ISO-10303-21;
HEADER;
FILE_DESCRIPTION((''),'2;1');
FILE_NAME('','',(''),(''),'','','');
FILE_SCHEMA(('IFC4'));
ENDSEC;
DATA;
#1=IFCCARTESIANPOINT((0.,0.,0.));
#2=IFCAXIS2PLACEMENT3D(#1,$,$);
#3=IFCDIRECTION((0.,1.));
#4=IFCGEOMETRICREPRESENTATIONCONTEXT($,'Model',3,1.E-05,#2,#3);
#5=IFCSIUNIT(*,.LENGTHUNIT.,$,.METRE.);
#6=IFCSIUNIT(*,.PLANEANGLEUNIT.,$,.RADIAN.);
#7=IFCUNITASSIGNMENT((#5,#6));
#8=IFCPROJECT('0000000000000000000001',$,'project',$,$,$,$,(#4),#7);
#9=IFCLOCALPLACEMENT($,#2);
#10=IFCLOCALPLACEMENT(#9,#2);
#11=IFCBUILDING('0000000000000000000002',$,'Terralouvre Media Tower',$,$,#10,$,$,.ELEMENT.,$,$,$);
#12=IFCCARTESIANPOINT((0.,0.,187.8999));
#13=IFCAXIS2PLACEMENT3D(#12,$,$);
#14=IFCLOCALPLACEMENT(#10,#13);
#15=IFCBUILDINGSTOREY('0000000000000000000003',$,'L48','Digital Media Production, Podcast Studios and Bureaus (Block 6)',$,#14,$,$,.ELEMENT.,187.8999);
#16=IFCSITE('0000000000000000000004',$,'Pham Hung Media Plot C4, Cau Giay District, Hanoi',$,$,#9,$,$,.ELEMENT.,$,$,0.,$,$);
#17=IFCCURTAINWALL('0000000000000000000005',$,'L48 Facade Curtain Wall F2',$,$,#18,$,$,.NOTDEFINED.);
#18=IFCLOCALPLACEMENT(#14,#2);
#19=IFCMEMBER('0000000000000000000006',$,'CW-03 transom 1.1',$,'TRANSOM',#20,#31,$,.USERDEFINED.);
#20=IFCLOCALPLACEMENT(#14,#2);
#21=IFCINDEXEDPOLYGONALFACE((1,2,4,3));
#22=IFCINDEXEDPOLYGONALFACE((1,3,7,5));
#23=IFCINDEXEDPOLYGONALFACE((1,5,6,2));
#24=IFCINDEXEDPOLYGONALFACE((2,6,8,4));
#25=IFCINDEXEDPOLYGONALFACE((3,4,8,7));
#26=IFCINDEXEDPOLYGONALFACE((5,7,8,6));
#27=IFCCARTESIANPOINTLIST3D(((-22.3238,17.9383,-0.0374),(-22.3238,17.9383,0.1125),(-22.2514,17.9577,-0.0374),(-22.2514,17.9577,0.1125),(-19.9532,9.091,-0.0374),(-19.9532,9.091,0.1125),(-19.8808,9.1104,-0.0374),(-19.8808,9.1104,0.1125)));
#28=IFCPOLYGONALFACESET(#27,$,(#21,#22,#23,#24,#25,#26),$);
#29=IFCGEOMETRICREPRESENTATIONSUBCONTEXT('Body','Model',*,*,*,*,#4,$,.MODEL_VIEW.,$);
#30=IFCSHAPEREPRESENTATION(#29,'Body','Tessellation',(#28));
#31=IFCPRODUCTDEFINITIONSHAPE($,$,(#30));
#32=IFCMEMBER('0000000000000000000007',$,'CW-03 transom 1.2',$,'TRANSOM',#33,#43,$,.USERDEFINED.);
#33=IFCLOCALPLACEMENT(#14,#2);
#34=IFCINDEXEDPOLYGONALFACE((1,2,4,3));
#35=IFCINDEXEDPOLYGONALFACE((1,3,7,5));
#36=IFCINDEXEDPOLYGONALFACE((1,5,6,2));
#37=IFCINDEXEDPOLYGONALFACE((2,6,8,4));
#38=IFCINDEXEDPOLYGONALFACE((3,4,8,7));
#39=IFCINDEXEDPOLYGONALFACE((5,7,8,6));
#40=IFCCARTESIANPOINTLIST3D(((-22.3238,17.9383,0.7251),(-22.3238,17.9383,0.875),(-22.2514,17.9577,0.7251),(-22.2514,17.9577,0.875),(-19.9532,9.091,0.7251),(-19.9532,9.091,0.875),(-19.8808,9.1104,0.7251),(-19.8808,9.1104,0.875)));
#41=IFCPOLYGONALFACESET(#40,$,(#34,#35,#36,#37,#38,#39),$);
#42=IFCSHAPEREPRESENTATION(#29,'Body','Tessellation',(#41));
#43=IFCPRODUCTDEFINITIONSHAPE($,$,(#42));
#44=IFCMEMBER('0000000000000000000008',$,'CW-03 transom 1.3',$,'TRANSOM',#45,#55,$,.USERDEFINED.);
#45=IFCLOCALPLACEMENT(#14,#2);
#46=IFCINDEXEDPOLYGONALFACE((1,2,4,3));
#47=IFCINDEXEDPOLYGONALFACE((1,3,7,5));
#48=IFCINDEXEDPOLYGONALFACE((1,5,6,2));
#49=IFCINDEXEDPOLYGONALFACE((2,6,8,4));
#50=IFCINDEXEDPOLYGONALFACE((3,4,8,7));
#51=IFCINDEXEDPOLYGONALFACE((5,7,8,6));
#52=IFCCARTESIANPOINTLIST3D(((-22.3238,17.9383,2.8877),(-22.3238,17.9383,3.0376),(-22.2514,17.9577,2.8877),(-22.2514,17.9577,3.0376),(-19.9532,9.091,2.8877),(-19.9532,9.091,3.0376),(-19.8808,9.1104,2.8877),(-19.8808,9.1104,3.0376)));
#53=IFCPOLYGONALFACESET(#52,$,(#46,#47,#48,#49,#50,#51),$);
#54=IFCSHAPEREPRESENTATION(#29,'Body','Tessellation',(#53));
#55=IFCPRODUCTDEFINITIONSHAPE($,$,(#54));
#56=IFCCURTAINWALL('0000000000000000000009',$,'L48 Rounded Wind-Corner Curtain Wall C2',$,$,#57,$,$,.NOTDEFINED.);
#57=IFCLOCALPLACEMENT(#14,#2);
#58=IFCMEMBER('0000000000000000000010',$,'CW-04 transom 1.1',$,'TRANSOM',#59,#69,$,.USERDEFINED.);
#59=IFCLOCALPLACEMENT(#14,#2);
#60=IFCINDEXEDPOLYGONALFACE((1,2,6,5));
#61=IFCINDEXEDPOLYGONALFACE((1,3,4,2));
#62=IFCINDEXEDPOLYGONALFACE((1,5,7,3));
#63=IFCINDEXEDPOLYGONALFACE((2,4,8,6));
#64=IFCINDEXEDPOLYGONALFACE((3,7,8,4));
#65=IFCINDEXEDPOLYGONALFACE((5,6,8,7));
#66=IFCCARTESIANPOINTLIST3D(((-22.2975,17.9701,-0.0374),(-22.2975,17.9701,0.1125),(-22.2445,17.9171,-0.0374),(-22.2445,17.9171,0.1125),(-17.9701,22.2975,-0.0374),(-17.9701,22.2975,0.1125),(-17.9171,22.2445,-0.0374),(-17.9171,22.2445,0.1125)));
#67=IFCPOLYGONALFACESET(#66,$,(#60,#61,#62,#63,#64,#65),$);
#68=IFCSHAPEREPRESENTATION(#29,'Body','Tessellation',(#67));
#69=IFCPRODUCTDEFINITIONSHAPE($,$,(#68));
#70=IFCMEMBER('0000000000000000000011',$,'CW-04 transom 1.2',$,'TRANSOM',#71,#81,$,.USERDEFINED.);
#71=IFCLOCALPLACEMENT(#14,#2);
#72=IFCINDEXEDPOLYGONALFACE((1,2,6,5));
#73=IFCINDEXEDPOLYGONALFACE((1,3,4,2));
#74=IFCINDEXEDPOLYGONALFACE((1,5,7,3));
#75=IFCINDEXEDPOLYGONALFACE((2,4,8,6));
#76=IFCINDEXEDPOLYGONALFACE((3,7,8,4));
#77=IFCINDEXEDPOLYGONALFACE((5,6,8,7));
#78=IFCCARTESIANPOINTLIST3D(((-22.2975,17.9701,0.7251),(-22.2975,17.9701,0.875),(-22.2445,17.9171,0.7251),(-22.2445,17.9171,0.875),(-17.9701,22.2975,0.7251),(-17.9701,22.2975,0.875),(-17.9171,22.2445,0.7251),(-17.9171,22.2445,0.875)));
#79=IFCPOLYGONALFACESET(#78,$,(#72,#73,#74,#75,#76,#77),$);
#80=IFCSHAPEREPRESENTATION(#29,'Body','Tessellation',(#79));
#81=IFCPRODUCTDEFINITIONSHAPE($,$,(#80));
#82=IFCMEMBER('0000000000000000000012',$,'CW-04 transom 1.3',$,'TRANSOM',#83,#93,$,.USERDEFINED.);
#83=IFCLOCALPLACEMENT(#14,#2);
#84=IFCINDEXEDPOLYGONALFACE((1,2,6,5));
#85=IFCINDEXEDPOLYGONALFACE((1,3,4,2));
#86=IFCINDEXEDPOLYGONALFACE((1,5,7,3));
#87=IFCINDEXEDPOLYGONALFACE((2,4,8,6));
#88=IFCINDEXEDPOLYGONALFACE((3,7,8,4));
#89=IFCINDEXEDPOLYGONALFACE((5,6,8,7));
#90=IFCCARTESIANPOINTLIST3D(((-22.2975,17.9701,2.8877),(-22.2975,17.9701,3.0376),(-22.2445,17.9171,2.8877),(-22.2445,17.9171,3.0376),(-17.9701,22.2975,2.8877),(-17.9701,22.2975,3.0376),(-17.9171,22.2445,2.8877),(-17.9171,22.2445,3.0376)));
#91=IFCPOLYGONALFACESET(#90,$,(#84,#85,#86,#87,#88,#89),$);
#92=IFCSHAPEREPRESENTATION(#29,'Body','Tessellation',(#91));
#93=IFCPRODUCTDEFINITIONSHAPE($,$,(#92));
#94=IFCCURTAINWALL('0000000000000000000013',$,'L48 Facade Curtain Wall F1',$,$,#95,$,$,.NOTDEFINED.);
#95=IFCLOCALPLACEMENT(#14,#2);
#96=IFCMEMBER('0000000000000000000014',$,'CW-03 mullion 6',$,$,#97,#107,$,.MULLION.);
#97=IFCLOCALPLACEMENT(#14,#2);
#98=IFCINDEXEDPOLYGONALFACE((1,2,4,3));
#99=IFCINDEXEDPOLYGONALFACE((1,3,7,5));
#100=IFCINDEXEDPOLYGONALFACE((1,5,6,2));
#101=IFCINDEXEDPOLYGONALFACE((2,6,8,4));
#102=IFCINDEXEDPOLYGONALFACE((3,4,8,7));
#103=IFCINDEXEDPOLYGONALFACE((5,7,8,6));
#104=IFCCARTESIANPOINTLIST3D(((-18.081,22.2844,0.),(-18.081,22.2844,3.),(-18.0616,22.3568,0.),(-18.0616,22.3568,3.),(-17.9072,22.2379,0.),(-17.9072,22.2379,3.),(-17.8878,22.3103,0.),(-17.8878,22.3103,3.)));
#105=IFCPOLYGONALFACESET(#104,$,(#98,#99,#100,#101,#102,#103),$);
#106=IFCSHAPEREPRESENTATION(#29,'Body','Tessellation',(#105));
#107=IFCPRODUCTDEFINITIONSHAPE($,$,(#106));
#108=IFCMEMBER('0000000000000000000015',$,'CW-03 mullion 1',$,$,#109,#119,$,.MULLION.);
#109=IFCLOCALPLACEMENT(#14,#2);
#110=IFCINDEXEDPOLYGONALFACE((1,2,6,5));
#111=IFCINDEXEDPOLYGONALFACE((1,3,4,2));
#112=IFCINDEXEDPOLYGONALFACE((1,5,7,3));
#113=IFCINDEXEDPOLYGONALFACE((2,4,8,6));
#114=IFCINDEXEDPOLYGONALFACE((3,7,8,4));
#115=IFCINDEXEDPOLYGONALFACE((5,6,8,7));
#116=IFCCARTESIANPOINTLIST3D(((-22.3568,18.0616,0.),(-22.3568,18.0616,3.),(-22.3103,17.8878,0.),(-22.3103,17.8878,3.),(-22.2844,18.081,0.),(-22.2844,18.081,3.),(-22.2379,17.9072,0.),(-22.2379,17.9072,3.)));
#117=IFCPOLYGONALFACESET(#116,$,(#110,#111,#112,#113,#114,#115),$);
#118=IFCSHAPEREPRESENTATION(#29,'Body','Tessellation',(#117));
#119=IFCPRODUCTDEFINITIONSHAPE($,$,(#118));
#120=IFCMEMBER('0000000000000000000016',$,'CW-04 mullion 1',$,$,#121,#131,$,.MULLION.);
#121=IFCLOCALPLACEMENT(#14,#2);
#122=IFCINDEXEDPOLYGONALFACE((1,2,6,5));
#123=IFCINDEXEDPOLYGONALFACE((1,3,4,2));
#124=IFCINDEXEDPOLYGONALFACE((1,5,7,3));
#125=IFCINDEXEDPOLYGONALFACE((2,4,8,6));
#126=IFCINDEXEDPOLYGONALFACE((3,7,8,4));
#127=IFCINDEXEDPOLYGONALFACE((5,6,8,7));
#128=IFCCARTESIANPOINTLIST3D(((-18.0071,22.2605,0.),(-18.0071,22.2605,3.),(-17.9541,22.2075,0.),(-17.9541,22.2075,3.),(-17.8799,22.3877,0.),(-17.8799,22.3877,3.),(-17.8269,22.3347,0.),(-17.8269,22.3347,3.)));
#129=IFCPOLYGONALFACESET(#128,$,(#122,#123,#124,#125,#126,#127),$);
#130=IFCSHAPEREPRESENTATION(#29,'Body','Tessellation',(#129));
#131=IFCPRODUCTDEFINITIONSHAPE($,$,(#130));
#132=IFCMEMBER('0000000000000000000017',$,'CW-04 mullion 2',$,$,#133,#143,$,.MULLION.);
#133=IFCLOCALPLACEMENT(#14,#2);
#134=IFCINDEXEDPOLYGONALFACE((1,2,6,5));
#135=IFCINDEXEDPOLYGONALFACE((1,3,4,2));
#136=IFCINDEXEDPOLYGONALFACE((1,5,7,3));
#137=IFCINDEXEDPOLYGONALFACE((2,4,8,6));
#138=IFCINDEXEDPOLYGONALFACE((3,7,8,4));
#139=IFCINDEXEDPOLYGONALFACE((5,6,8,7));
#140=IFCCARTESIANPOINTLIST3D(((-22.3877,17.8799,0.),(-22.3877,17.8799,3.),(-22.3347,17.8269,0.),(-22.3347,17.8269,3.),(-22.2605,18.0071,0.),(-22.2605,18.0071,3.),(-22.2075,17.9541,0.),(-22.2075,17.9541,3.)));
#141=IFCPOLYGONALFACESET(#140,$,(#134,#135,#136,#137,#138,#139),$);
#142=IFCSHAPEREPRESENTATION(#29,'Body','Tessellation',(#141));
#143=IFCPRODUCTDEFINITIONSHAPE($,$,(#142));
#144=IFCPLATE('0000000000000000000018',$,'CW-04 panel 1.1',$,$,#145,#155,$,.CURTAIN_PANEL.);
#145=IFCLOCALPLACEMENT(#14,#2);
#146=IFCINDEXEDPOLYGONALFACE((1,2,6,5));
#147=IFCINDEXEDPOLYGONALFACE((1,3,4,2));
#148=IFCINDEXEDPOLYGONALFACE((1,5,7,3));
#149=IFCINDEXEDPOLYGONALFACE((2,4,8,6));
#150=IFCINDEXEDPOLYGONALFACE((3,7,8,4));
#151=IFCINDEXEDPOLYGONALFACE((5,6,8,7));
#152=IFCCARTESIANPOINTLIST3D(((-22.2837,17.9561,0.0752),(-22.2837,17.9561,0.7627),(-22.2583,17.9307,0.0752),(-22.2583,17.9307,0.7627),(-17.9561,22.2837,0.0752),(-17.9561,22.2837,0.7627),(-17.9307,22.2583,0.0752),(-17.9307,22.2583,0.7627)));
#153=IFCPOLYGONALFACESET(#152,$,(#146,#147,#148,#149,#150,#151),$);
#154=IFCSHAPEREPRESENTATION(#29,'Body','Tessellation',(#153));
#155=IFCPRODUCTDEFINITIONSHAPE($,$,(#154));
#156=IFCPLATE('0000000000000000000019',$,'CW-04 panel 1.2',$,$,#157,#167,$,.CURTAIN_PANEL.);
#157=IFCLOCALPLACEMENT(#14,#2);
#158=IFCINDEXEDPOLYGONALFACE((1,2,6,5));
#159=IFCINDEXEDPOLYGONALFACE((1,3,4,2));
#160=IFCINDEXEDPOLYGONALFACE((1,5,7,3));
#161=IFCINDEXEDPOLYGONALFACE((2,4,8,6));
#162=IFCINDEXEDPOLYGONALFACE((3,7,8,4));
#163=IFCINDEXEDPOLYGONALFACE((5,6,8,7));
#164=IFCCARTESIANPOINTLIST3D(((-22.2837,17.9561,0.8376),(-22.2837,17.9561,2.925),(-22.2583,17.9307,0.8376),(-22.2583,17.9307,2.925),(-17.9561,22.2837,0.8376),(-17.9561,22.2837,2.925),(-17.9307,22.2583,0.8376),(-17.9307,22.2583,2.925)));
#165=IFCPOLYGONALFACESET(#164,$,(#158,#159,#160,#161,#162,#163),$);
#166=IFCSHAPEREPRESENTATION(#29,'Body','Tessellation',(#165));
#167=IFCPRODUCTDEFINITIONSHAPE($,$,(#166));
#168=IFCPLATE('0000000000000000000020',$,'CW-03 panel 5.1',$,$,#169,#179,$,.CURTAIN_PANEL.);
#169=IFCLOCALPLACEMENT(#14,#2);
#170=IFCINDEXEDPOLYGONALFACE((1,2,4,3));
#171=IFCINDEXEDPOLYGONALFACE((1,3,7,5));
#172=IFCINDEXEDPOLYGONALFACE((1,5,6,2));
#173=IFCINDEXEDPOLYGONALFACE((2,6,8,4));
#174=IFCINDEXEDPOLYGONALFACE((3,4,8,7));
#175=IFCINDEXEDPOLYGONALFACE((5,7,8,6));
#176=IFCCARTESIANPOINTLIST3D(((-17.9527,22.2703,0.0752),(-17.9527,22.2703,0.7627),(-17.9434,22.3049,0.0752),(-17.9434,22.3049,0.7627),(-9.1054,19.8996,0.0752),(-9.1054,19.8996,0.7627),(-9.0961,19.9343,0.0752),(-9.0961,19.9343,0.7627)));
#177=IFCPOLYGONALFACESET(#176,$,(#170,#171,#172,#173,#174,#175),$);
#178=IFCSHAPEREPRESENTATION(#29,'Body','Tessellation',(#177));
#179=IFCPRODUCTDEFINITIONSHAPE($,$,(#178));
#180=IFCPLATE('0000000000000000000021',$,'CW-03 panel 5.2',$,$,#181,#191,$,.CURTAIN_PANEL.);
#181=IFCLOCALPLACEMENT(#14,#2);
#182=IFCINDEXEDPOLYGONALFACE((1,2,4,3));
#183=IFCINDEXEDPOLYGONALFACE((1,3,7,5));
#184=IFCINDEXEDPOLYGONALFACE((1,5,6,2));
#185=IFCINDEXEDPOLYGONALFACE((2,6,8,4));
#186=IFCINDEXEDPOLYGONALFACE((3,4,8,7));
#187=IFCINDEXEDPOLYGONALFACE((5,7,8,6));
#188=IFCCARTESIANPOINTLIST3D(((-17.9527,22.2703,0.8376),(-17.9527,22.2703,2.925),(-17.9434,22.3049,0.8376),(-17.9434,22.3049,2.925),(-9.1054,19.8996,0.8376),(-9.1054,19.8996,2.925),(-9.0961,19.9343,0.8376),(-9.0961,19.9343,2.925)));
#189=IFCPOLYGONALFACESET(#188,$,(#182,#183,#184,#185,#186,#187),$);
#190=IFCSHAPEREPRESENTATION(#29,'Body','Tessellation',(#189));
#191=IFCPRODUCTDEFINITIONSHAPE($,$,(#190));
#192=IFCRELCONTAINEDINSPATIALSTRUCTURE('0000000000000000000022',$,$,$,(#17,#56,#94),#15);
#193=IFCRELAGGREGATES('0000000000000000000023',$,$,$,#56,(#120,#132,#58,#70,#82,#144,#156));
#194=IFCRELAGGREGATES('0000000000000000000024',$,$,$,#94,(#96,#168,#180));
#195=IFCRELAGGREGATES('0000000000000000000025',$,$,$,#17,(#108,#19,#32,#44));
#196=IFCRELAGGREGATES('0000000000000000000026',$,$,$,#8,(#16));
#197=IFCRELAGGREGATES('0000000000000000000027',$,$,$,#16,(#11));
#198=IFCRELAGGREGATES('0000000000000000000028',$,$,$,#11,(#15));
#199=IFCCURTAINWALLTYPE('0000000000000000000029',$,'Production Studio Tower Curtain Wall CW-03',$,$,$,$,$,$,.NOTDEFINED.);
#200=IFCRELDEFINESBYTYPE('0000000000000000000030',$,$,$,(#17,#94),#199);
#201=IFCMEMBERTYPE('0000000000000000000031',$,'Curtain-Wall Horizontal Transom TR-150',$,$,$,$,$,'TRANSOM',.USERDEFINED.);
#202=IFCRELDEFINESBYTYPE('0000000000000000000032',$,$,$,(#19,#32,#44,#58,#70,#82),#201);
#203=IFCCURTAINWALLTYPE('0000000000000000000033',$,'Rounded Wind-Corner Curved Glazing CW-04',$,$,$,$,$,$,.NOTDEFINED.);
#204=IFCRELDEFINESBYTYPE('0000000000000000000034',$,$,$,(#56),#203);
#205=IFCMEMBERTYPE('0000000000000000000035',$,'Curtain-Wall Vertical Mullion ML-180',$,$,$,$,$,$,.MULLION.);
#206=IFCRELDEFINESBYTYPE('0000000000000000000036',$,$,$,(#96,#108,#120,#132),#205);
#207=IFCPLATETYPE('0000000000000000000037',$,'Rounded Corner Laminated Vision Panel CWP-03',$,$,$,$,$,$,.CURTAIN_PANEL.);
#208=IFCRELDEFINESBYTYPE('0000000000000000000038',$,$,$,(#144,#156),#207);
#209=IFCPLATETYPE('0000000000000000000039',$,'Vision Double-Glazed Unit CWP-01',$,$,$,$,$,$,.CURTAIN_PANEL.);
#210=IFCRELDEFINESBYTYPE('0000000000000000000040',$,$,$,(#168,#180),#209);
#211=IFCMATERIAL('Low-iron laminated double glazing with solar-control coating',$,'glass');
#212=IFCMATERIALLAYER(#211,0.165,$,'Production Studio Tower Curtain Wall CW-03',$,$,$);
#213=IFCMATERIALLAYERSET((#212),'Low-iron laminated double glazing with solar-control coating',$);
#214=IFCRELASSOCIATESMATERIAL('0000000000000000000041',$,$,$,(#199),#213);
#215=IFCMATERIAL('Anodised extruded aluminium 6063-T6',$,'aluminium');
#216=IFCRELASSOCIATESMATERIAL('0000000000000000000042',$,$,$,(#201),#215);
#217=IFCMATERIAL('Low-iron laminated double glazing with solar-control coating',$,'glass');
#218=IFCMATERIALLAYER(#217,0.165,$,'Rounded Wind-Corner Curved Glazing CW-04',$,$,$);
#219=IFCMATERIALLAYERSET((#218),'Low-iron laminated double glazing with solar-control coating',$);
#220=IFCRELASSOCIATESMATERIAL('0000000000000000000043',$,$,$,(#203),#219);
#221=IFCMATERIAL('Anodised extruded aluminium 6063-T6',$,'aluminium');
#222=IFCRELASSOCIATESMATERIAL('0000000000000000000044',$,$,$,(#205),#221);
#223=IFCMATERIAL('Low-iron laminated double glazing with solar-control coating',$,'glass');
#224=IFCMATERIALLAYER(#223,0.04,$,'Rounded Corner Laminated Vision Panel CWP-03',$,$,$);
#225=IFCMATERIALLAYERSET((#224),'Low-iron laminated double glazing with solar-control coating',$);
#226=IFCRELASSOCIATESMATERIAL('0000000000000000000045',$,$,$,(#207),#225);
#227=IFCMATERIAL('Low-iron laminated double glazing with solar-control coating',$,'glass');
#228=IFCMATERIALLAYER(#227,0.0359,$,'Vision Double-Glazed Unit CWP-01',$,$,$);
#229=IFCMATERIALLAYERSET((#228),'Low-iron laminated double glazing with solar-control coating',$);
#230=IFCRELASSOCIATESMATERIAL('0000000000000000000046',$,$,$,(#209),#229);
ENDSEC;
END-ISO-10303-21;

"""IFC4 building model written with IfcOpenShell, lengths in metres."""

from ifc_helpers import new_model, si_unit, direction, frame, origin, origin_2d, place, context, subcontext, project, spatial, rectangle, extrude, material, layer, layer_set, material_profile, profile_set, type_object, element, aggregate, save


model = new_model("IFC4")

# Units and contexts
model_context = context("Model", 3, precision=1e-05, world=origin(), true_north=direction((0.0, 1.0)))
body_context = subcontext(model_context, "Body", "Model", "MODEL_VIEW")
ifc_project = project(units=[si_unit("LENGTHUNIT", "METRE"), si_unit("PLANEANGLEUNIT", "RADIAN")], contexts=[model_context])

# Site, building, storey
site_placement = place(None, origin())
site = spatial("IfcSite", under=ifc_project, at=site_placement, Name="Pham Hung Media Plot C4, Cau Giay District, Hanoi", CompositionType="ELEMENT", RefElevation=0.0)
building_placement = place(site_placement, origin())
building = spatial("IfcBuilding", under=site, at=building_placement, Name="Terralouvre Media Tower", CompositionType="ELEMENT")
storey_placement = place(building_placement, frame((0.0, 0.0, 187.8999)))
storey = spatial("IfcBuildingStorey", under=building, at=storey_placement, Name="L48", Description="Digital Media Production, Podcast Studios and Bureaus (Block 6)", CompositionType="ELEMENT", Elevation=187.8999)

# Curtain walls, members
ifc_material_1 = material(Name="Low-iron laminated double glazing with solar-control coating", Category="glass")
ifc_layer_1 = layer(ifc_material_1, 0.165, Name="Production Studio Tower Curtain Wall CW-03")
ifc_layer_set_1 = layer_set([ifc_layer_1], Name="Low-iron laminated double glazing with solar-control coating")
curtain_wall_type_1 = type_object("IfcCurtainWallType", Name="Production Studio Tower Curtain Wall CW-03", PredefinedType="NOTDEFINED", material=ifc_layer_set_1)
curtain_wall_1_placement = place(storey_placement, origin())
curtain_wall_1 = element("IfcCurtainWall", 1, at=curtain_wall_1_placement, inside=storey, type_object=curtain_wall_type_1, Name="L48 Facade Curtain Wall F2", PredefinedType="NOTDEFINED")
ifc_material_2 = material(Name="Anodised extruded aluminium 6063-T6", Category="aluminium")
ifc_material_profile_1 = material_profile(ifc_material_2, rectangle(XDim=0.075, YDim=0.1499, at=origin_2d()), Name="ALU 75x150")
ifc_profile_set_1 = profile_set([ifc_material_profile_1], Name="Anodised extruded aluminium 6063-T6")
member_type_1 = type_object("IfcMemberType", Name="Curtain-Wall Horizontal Transom TR-150", ElementType="TRANSOM", PredefinedType="USERDEFINED", material=ifc_profile_set_1)
member_1_placement = place(storey_placement, frame((-22.2876, 17.948, 0.0376), z_axis=(0.258814, -0.965927, 0.0), x_axis=(0.965927, 0.258814, 0.0)))
member_1 = element("IfcMember", 2, at=member_1_placement, type_object=member_type_1, Name="CW-03 transom 1.1", ObjectType="TRANSOM", PredefinedType="USERDEFINED", context=body_context, shape_type="SweptSolid", body=[
    extrude(rectangle(XDim=0.075, YDim=0.1499, at=origin_2d()), origin(), (0.0, 0.0, 1.0), 9.1594),
])
member_2_placement = place(storey_placement, frame((-22.2876, 17.948, 0.8), z_axis=(0.258814, -0.965927, 0.0), x_axis=(0.965927, 0.258814, 0.0)))
member_2 = element("IfcMember", 3, at=member_2_placement, type_object=member_type_1, Name="CW-03 transom 1.2", ObjectType="TRANSOM", PredefinedType="USERDEFINED", context=body_context, shape_type="SweptSolid", body=[
    extrude(rectangle(XDim=0.075, YDim=0.1499, at=origin_2d()), origin(), (0.0, 0.0, 1.0), 9.1594),
])
member_3_placement = place(storey_placement, frame((-22.2876, 17.948, 2.9626), z_axis=(0.258814, -0.965927, 0.0), x_axis=(0.965927, 0.258814, 0.0)))
member_3 = element("IfcMember", 4, at=member_3_placement, type_object=member_type_1, Name="CW-03 transom 1.3", ObjectType="TRANSOM", PredefinedType="USERDEFINED", context=body_context, shape_type="SweptSolid", body=[
    extrude(rectangle(XDim=0.075, YDim=0.1499, at=origin_2d()), origin(), (0.0, 0.0, 1.0), 9.1594),
])
ifc_material_3 = material(Name="Low-iron laminated double glazing with solar-control coating", Category="glass")
ifc_layer_2 = layer(ifc_material_3, 0.165, Name="Rounded Wind-Corner Curved Glazing CW-04")
ifc_layer_set_2 = layer_set([ifc_layer_2], Name="Low-iron laminated double glazing with solar-control coating")
curtain_wall_type_2 = type_object("IfcCurtainWallType", Name="Rounded Wind-Corner Curved Glazing CW-04", PredefinedType="NOTDEFINED", material=ifc_layer_set_2)
curtain_wall_2_placement = place(storey_placement, origin())
curtain_wall_2 = element("IfcCurtainWall", 5, at=curtain_wall_2_placement, inside=storey, type_object=curtain_wall_type_2, Name="L48 Rounded Wind-Corner Curtain Wall C2", PredefinedType="NOTDEFINED")
member_4_placement = place(storey_placement, frame((-17.9436, 22.271, 0.0376), z_axis=(-0.707107, -0.707107, 0.0), x_axis=(0.707107, -0.707107, 0.0)))
member_4 = element("IfcMember", 6, at=member_4_placement, type_object=member_type_1, Name="CW-04 transom 1.1", ObjectType="TRANSOM", PredefinedType="USERDEFINED", context=body_context, shape_type="SweptSolid", body=[
    extrude(rectangle(XDim=0.075, YDim=0.1499, at=origin_2d()), origin(), (0.0, 0.0, 1.0), 6.1199),
])
member_5_placement = place(storey_placement, frame((-17.9436, 22.271, 0.8), z_axis=(-0.707107, -0.707107, 0.0), x_axis=(0.707107, -0.707107, 0.0)))
member_5 = element("IfcMember", 7, at=member_5_placement, type_object=member_type_1, Name="CW-04 transom 1.2", ObjectType="TRANSOM", PredefinedType="USERDEFINED", context=body_context, shape_type="SweptSolid", body=[
    extrude(rectangle(XDim=0.075, YDim=0.1499, at=origin_2d()), origin(), (0.0, 0.0, 1.0), 6.1199),
])
member_6_placement = place(storey_placement, frame((-17.9436, 22.271, 2.9626), z_axis=(-0.707107, -0.707107, 0.0), x_axis=(0.707107, -0.707107, 0.0)))
member_6 = element("IfcMember", 8, at=member_6_placement, type_object=member_type_1, Name="CW-04 transom 1.3", ObjectType="TRANSOM", PredefinedType="USERDEFINED", context=body_context, shape_type="SweptSolid", body=[
    extrude(rectangle(XDim=0.075, YDim=0.1499, at=origin_2d()), origin(), (0.0, 0.0, 1.0), 6.1199),
])

# Curtain wall, member
curtain_wall_3_placement = place(storey_placement, origin())
curtain_wall_3 = element("IfcCurtainWall", 9, at=curtain_wall_3_placement, inside=storey, type_object=curtain_wall_type_1, Name="L48 Facade Curtain Wall F1", PredefinedType="NOTDEFINED")
ifc_material_4 = material(Name="Anodised extruded aluminium 6063-T6", Category="aluminium")
ifc_material_profile_2 = material_profile(ifc_material_4, rectangle(XDim=0.075, YDim=0.1799, at=origin_2d()), Name="ALU 75x180")
ifc_profile_set_2 = profile_set([ifc_material_profile_2], Name="Anodised extruded aluminium 6063-T6")
member_type_2 = type_object("IfcMemberType", Name="Curtain-Wall Vertical Mullion ML-180", PredefinedType="MULLION", material=ifc_profile_set_2)
member_7_placement = place(storey_placement, frame((-17.9844, 22.2974, 0.0), z_axis=(0.0, 0.0, 1.0), x_axis=(-0.258819, -0.965926, 0.0)))
member_7 = element("IfcMember", 10, at=member_7_placement, type_object=member_type_2, Name="CW-03 mullion 6", PredefinedType="MULLION", context=body_context, shape_type="SweptSolid", body=[
    extrude(rectangle(XDim=0.075, YDim=0.1799, at=origin_2d()), origin(), (0.0, 0.0, 1.0), 3.0),
])

# Members
member_8_placement = place(storey_placement, frame((-22.2974, 17.9844, 0.0), z_axis=(0.0, 0.0, 1.0), x_axis=(0.965926, 0.258819, 0.0)))
member_8 = element("IfcMember", 11, at=member_8_placement, type_object=member_type_2, Name="CW-03 mullion 1", PredefinedType="MULLION", context=body_context, shape_type="SweptSolid", body=[
    extrude(rectangle(XDim=0.075, YDim=0.1799, at=origin_2d()), origin(), (0.0, 0.0, 1.0), 3.0),
])
member_9_placement = place(storey_placement, frame((-17.917, 22.2976, 0.0), z_axis=(0.0, 0.0, 1.0), x_axis=(0.707107, -0.707107, 0.0)))
member_9 = element("IfcMember", 12, at=member_9_placement, type_object=member_type_2, Name="CW-04 mullion 1", PredefinedType="MULLION", context=body_context, shape_type="SweptSolid", body=[
    extrude(rectangle(XDim=0.075, YDim=0.1799, at=origin_2d()), origin(), (0.0, 0.0, 1.0), 3.0),
])
member_10_placement = place(storey_placement, frame((-22.2976, 17.917, 0.0), z_axis=(0.0, 0.0, 1.0), x_axis=(0.707107, -0.707107, 0.0)))
member_10 = element("IfcMember", 13, at=member_10_placement, type_object=member_type_2, Name="CW-04 mullion 2", PredefinedType="MULLION", context=body_context, shape_type="SweptSolid", body=[
    extrude(rectangle(XDim=0.075, YDim=0.1799, at=origin_2d()), origin(), (0.0, 0.0, 1.0), 3.0),
])

# Plates
ifc_material_5 = material(Name="Low-iron laminated double glazing with solar-control coating", Category="glass")
ifc_layer_3 = layer(ifc_material_5, 0.04, Name="Rounded Corner Laminated Vision Panel CWP-03")
ifc_layer_set_3 = layer_set([ifc_layer_3], Name="Low-iron laminated double glazing with solar-control coating")
plate_type_1 = type_object("IfcPlateType", Name="Rounded Corner Laminated Vision Panel CWP-03", PredefinedType="CURTAIN_PANEL", material=ifc_layer_set_3)
plate_1_placement = place(storey_placement, frame((-20.1072, 20.1072, 0.0752), z_axis=(0.0, 0.0, 1.0), x_axis=(-0.707107, -0.707107, 0.0)))
plate_1 = element("IfcPlate", 14, at=plate_1_placement, type_object=plate_type_1, Name="CW-04 panel 1.1", PredefinedType="CURTAIN_PANEL", context=body_context, shape_type="SweptSolid", body=[
    extrude(rectangle(XDim=6.1201, YDim=0.0359, at=origin_2d()), origin(), (0.0, 0.0, 1.0), 0.6875),
])
plate_2_placement = place(storey_placement, frame((-20.1072, 20.1072, 0.8376), z_axis=(0.0, 0.0, 1.0), x_axis=(-0.707107, -0.707107, 0.0)))
plate_2 = element("IfcPlate", 15, at=plate_2_placement, type_object=plate_type_1, Name="CW-04 panel 1.2", PredefinedType="CURTAIN_PANEL", context=body_context, shape_type="SweptSolid", body=[
    extrude(rectangle(XDim=6.1201, YDim=0.0359, at=origin_2d()), origin(), (0.0, 0.0, 1.0), 2.0874),
])
aggregate(curtain_wall_2, [member_9, member_10, member_4, member_5, member_6, plate_1, plate_2])
ifc_material_6 = material(Name="Low-iron laminated double glazing with solar-control coating", Category="glass")
ifc_layer_4 = layer(ifc_material_6, 0.0359, Name="Vision Double-Glazed Unit CWP-01")
ifc_layer_set_4 = layer_set([ifc_layer_4], Name="Low-iron laminated double glazing with solar-control coating")
plate_type_2 = type_object("IfcPlateType", Name="Vision Double-Glazed Unit CWP-01", PredefinedType="CURTAIN_PANEL", material=ifc_layer_set_4)
plate_3_placement = place(storey_placement, frame((-13.5244, 21.1023, 0.0752), z_axis=(0.0, 0.0, 1.0), x_axis=(-0.965926, 0.258819, 0.0)))
plate_3 = element("IfcPlate", 16, at=plate_3_placement, type_object=plate_type_2, Name="CW-03 panel 5.1", PredefinedType="CURTAIN_PANEL", context=body_context, shape_type="SweptSolid", body=[
    extrude(rectangle(XDim=9.1594, YDim=0.0359, at=origin_2d()), origin(), (0.0, 0.0, 1.0), 0.6875),
])
plate_4_placement = place(storey_placement, frame((-13.5244, 21.1023, 0.8376), z_axis=(0.0, 0.0, 1.0), x_axis=(-0.965926, 0.258819, 0.0)))
plate_4 = element("IfcPlate", 17, at=plate_4_placement, type_object=plate_type_2, Name="CW-03 panel 5.2", PredefinedType="CURTAIN_PANEL", context=body_context, shape_type="SweptSolid", body=[
    extrude(rectangle(XDim=9.1594, YDim=0.0359, at=origin_2d()), origin(), (0.0, 0.0, 1.0), 2.0874),
])
aggregate(curtain_wall_3, [member_7, plate_3, plate_4])
aggregate(curtain_wall_1, [member_8, member_1, member_2, member_3])

save(model, "model.ifc")
